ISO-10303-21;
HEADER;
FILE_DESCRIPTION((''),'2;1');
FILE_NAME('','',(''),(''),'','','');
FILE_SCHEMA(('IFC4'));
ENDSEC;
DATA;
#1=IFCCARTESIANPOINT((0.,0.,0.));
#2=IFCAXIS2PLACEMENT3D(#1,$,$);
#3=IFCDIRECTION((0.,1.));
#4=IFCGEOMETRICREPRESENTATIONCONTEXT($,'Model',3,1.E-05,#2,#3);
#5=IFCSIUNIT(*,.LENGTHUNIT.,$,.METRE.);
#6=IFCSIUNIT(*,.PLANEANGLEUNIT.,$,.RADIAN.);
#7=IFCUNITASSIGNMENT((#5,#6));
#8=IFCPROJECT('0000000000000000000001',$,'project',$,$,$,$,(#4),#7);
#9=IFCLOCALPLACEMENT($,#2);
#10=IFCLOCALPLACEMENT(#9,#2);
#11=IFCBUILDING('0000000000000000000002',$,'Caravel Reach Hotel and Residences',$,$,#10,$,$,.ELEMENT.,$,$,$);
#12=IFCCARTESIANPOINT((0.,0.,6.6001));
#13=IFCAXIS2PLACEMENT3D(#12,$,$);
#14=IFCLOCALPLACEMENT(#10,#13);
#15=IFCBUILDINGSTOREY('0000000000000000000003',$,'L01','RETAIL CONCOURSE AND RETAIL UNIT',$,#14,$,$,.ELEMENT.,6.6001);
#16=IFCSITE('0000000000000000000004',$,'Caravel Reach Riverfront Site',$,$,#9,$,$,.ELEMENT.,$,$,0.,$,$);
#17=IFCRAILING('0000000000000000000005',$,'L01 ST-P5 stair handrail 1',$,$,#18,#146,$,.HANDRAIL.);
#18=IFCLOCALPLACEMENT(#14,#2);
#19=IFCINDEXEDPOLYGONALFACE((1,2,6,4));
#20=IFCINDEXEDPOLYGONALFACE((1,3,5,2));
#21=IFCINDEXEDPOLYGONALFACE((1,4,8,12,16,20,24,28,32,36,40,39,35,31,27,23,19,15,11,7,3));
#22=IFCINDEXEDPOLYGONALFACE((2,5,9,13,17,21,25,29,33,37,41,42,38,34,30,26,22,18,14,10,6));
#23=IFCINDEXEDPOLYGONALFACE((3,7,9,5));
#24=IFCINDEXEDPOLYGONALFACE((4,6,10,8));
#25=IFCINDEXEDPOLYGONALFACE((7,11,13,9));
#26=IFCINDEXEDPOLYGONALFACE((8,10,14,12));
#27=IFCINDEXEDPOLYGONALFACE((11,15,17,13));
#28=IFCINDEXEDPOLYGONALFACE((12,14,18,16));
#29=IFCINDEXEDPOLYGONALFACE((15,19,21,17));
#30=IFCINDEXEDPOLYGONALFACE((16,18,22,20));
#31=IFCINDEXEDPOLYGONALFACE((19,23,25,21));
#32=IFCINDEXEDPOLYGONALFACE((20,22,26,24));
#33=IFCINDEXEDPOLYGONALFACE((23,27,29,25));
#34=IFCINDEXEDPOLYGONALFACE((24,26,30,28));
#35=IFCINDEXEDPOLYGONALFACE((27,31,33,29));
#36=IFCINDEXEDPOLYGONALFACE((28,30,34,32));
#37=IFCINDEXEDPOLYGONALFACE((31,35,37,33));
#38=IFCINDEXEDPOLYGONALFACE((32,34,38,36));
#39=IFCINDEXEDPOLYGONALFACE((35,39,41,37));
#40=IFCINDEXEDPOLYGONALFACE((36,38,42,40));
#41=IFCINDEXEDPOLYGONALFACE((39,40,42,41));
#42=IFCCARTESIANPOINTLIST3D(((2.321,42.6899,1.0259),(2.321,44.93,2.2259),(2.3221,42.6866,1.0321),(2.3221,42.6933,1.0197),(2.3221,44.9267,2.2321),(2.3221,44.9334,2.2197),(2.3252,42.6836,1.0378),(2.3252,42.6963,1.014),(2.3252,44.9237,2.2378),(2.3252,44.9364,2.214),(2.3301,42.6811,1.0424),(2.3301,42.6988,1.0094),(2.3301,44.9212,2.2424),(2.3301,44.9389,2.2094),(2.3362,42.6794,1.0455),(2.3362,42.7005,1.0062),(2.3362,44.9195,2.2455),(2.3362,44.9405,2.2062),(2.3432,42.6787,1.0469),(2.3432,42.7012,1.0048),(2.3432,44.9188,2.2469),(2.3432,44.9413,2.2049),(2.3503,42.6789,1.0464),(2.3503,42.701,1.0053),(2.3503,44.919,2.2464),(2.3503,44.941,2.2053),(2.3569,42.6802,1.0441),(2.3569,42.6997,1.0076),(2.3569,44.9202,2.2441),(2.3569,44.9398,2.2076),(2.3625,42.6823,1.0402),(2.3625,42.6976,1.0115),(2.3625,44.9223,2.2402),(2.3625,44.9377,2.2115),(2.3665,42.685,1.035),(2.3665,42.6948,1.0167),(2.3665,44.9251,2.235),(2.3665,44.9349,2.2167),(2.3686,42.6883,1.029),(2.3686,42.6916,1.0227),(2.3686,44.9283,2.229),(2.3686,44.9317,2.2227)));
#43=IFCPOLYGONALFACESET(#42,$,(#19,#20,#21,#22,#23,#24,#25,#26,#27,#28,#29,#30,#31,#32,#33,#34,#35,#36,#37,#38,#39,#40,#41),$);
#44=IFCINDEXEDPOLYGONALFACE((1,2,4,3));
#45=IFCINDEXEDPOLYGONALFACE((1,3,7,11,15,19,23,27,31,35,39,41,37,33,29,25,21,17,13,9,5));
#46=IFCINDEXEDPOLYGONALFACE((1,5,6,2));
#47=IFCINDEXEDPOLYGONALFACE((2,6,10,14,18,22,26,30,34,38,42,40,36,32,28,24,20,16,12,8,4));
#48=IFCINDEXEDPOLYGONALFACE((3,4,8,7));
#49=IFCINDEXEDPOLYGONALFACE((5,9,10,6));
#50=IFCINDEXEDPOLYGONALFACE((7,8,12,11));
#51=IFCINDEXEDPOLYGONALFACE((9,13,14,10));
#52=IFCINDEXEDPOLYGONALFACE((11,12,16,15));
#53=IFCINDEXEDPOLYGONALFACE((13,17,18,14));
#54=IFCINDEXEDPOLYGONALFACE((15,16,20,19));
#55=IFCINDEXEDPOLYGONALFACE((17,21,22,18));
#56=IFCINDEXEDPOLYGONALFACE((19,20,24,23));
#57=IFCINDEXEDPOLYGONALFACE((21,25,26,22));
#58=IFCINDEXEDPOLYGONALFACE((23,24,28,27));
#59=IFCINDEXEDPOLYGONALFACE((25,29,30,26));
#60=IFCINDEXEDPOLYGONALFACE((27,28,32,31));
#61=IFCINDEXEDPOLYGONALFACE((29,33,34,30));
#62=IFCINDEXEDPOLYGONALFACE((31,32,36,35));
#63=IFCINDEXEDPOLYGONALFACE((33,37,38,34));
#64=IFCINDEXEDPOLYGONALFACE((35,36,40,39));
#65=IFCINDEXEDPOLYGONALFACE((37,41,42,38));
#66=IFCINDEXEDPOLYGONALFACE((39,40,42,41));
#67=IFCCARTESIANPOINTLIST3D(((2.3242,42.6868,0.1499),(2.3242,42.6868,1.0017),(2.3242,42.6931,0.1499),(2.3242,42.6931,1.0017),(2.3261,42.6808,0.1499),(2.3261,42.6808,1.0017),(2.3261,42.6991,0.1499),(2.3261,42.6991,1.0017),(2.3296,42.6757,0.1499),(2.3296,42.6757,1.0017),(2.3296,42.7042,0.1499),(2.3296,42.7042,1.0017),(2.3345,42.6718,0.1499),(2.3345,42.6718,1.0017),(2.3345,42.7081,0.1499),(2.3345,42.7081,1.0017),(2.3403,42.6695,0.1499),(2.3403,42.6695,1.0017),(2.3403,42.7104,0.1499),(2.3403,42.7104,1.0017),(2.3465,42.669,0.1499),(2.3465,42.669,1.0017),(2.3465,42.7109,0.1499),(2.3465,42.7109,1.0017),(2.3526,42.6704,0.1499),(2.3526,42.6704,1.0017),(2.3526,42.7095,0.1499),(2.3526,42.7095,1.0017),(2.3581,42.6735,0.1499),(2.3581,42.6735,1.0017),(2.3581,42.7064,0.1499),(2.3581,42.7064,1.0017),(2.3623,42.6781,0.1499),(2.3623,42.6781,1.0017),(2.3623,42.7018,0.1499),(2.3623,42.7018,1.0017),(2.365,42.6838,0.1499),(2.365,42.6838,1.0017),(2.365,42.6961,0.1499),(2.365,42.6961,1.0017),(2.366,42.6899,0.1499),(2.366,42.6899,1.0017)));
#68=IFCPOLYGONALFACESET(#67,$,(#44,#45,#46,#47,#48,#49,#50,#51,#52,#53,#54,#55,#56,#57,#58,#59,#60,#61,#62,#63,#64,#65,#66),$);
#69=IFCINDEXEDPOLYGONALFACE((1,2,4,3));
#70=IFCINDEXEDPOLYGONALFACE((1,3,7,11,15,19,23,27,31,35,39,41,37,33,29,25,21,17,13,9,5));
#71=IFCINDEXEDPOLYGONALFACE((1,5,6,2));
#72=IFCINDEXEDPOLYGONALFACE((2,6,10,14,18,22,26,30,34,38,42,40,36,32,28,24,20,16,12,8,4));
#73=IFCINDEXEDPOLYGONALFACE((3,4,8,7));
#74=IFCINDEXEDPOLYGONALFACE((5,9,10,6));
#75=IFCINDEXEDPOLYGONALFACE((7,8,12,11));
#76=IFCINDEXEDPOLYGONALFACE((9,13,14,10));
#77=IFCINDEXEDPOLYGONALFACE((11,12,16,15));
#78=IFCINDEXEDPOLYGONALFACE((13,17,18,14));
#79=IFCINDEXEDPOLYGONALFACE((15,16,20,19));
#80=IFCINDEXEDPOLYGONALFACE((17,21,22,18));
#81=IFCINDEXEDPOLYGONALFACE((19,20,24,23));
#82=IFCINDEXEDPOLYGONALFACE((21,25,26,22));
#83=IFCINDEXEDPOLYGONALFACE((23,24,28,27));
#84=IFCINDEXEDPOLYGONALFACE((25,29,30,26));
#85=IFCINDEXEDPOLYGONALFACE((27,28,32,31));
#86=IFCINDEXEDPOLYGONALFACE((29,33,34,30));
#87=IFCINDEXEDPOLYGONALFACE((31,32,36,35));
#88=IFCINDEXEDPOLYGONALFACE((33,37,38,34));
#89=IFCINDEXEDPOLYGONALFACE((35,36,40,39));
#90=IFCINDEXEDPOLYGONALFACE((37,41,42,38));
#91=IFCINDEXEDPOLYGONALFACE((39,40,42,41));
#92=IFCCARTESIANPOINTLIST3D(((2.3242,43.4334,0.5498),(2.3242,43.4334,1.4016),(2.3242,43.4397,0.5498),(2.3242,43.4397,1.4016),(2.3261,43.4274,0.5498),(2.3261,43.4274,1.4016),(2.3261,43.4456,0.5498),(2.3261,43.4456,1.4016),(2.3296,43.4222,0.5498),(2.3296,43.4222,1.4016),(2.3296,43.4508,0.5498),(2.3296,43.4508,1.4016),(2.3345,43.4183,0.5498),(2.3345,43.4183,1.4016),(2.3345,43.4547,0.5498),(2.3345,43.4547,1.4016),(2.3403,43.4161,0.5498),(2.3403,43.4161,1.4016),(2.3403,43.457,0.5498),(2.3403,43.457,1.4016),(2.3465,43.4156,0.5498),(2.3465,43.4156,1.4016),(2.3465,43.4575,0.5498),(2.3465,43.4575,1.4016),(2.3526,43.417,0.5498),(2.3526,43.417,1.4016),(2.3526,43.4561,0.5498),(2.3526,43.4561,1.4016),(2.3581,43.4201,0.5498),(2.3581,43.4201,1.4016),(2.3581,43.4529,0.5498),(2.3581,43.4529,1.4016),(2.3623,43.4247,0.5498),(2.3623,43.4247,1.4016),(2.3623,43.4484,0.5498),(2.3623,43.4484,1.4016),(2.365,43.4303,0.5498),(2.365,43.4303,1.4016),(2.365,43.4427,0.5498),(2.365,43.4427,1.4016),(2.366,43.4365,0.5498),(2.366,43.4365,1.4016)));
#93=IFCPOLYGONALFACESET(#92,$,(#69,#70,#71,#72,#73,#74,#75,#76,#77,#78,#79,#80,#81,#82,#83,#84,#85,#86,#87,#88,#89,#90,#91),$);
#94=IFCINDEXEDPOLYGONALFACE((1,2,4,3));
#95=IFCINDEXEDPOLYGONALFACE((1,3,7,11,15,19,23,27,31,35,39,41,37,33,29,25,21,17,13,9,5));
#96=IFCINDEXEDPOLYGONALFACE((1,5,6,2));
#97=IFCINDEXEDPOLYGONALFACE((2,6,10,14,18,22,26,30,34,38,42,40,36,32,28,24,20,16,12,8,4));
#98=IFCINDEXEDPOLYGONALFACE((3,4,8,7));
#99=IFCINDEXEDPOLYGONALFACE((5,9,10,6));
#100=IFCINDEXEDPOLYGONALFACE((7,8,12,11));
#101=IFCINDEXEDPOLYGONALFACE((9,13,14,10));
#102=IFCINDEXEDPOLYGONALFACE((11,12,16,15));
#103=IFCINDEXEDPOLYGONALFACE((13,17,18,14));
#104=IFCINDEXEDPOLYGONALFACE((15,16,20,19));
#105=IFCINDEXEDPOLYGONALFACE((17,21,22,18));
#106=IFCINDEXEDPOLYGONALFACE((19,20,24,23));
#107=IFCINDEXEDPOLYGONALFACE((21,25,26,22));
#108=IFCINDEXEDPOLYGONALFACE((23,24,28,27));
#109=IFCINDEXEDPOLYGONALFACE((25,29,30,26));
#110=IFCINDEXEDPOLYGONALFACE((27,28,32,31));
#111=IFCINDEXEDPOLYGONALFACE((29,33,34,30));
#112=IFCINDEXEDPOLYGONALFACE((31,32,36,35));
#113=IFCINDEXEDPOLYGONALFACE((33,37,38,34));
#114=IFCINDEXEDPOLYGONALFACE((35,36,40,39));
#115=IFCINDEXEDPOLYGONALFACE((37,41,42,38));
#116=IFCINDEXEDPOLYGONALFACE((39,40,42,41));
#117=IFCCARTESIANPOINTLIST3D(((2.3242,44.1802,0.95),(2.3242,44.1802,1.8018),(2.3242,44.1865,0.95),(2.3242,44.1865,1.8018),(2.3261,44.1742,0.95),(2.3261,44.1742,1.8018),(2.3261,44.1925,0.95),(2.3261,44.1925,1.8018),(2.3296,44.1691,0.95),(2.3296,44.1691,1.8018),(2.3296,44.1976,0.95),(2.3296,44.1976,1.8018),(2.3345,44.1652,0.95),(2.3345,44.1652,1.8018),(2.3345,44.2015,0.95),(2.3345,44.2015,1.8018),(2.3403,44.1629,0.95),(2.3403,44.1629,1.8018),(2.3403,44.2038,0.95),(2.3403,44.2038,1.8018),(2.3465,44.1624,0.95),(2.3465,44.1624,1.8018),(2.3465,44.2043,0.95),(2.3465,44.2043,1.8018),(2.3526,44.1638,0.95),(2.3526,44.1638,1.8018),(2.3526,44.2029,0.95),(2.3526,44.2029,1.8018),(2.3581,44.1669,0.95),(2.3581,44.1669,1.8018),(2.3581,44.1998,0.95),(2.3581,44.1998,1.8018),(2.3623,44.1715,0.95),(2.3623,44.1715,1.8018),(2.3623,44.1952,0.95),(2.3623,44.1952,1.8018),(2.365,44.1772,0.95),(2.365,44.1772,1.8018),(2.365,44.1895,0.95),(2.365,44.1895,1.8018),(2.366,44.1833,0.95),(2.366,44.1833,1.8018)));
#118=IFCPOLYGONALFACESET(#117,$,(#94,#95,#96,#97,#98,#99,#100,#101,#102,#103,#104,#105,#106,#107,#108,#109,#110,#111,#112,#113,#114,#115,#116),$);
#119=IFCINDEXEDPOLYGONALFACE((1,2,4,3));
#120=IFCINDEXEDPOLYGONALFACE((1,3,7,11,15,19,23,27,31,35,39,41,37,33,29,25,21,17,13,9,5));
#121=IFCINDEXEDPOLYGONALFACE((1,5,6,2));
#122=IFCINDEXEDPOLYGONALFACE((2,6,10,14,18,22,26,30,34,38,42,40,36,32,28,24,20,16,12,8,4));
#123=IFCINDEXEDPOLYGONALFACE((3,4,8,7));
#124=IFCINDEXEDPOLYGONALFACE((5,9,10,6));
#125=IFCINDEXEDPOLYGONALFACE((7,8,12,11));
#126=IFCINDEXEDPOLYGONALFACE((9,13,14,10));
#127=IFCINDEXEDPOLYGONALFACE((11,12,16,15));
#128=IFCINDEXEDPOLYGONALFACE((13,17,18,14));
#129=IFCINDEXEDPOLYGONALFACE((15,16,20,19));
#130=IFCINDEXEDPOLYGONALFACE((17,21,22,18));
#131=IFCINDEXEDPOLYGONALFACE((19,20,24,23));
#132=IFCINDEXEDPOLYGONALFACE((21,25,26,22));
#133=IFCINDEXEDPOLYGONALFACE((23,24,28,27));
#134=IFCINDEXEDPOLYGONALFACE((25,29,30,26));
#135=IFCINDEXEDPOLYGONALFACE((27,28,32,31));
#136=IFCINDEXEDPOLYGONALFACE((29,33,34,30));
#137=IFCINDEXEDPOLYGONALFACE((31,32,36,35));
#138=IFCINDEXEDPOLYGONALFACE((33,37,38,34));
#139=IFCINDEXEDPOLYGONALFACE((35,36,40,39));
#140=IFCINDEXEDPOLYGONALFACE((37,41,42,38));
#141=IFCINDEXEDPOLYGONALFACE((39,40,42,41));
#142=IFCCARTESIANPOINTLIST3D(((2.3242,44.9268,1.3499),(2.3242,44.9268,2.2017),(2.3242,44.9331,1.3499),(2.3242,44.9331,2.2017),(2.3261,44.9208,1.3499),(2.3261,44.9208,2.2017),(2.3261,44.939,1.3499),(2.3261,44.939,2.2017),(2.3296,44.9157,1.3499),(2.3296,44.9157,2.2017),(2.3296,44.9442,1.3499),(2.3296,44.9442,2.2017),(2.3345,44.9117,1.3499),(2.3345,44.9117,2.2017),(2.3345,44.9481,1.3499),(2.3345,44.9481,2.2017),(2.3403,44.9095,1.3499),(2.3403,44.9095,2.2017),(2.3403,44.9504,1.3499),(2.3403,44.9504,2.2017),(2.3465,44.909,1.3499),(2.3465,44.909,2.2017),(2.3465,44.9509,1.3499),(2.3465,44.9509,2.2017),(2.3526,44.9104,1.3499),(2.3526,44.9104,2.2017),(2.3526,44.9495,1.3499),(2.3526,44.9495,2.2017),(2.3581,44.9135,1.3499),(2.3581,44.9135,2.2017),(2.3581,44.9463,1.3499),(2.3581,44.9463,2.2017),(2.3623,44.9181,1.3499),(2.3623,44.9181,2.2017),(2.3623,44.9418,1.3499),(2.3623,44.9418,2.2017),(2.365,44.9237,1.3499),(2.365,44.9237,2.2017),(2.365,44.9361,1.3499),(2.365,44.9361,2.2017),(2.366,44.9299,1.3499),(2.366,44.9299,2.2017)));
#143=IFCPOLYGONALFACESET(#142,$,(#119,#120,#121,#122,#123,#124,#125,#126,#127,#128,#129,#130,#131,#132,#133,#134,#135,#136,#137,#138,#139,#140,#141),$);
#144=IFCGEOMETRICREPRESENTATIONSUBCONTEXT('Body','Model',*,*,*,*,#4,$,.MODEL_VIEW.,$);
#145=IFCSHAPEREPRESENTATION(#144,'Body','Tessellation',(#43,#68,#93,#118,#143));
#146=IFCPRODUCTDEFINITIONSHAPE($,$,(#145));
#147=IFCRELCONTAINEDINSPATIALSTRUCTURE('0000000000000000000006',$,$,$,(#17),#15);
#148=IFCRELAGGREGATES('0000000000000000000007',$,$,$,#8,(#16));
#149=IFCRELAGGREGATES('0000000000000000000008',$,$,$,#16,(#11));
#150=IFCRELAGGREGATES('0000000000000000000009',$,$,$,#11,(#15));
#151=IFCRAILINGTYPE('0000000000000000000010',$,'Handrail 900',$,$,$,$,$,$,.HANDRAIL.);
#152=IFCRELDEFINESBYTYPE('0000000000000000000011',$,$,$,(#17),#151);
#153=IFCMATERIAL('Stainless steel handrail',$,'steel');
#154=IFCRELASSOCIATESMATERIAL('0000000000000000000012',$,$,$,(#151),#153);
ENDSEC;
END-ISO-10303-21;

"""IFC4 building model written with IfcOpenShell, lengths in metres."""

from ifc_helpers import new_model, si_unit, direction, frame, origin, origin_2d, place, context, subcontext, project, spatial, circle, extrude, material, type_object, element, save


model = new_model("IFC4")

# Units and contexts
model_context = context("Model", 3, precision=1e-05, world=origin(), true_north=direction((0.0, 1.0)))
body_context = subcontext(model_context, "Body", "Model", "MODEL_VIEW")
ifc_project = project(units=[si_unit("LENGTHUNIT", "METRE"), si_unit("PLANEANGLEUNIT", "RADIAN")], contexts=[model_context])

# Site, building, storey
site_placement = place(None, origin())
site = spatial("IfcSite", under=ifc_project, at=site_placement, Name="Caravel Reach Riverfront Site", CompositionType="ELEMENT", RefElevation=0.0)
building_placement = place(site_placement, origin())
building = spatial("IfcBuilding", under=site, at=building_placement, Name="Caravel Reach Hotel and Residences", CompositionType="ELEMENT")
storey_placement = place(building_placement, frame((0.0, 0.0, 6.6001)))
storey = spatial("IfcBuildingStorey", under=building, at=storey_placement, Name="L01", Description="RETAIL CONCOURSE AND RETAIL UNIT", CompositionType="ELEMENT", Elevation=6.6001)

# Railing
ifc_material_1 = material(Name="Stainless steel handrail", Category="steel")
railing_type_1 = type_object("IfcRailingType", Name="Handrail 900", PredefinedType="HANDRAIL", material=ifc_material_1)
railing_1_placement = place(storey_placement, frame((2.345, 42.6899, 0.1499)))
element("IfcRailing", 1, at=railing_1_placement, inside=storey, type_object=railing_type_1, Name="L01 ST-P5 stair handrail 1", PredefinedType="HANDRAIL", context=body_context, shape_type="SweptSolid", body=[
    extrude(circle(Radius=0.0239, at=origin_2d()), frame((0.0, 0.0, 0.876), z_axis=(0.0, 0.881487, 0.472208), x_axis=(-1.0, 0.0, 0.0)), (0.0, 0.0, 1.0), 2.5413),
    extrude(circle(Radius=0.021, at=origin_2d()), origin(), (0.0, 0.0, 1.0), 0.8518),
    extrude(circle(Radius=0.021, at=origin_2d()), frame((0.0, 0.7466, 0.3999)), (0.0, 0.0, 1.0), 0.8518),
    extrude(circle(Radius=0.021, at=origin_2d()), frame((0.0, 1.4934, 0.8)), (0.0, 0.0, 1.0), 0.8518),
    extrude(circle(Radius=0.021, at=origin_2d()), frame((0.0, 2.24, 1.2)), (0.0, 0.0, 1.0), 0.8518),
])

save(model, "model.ifc")
